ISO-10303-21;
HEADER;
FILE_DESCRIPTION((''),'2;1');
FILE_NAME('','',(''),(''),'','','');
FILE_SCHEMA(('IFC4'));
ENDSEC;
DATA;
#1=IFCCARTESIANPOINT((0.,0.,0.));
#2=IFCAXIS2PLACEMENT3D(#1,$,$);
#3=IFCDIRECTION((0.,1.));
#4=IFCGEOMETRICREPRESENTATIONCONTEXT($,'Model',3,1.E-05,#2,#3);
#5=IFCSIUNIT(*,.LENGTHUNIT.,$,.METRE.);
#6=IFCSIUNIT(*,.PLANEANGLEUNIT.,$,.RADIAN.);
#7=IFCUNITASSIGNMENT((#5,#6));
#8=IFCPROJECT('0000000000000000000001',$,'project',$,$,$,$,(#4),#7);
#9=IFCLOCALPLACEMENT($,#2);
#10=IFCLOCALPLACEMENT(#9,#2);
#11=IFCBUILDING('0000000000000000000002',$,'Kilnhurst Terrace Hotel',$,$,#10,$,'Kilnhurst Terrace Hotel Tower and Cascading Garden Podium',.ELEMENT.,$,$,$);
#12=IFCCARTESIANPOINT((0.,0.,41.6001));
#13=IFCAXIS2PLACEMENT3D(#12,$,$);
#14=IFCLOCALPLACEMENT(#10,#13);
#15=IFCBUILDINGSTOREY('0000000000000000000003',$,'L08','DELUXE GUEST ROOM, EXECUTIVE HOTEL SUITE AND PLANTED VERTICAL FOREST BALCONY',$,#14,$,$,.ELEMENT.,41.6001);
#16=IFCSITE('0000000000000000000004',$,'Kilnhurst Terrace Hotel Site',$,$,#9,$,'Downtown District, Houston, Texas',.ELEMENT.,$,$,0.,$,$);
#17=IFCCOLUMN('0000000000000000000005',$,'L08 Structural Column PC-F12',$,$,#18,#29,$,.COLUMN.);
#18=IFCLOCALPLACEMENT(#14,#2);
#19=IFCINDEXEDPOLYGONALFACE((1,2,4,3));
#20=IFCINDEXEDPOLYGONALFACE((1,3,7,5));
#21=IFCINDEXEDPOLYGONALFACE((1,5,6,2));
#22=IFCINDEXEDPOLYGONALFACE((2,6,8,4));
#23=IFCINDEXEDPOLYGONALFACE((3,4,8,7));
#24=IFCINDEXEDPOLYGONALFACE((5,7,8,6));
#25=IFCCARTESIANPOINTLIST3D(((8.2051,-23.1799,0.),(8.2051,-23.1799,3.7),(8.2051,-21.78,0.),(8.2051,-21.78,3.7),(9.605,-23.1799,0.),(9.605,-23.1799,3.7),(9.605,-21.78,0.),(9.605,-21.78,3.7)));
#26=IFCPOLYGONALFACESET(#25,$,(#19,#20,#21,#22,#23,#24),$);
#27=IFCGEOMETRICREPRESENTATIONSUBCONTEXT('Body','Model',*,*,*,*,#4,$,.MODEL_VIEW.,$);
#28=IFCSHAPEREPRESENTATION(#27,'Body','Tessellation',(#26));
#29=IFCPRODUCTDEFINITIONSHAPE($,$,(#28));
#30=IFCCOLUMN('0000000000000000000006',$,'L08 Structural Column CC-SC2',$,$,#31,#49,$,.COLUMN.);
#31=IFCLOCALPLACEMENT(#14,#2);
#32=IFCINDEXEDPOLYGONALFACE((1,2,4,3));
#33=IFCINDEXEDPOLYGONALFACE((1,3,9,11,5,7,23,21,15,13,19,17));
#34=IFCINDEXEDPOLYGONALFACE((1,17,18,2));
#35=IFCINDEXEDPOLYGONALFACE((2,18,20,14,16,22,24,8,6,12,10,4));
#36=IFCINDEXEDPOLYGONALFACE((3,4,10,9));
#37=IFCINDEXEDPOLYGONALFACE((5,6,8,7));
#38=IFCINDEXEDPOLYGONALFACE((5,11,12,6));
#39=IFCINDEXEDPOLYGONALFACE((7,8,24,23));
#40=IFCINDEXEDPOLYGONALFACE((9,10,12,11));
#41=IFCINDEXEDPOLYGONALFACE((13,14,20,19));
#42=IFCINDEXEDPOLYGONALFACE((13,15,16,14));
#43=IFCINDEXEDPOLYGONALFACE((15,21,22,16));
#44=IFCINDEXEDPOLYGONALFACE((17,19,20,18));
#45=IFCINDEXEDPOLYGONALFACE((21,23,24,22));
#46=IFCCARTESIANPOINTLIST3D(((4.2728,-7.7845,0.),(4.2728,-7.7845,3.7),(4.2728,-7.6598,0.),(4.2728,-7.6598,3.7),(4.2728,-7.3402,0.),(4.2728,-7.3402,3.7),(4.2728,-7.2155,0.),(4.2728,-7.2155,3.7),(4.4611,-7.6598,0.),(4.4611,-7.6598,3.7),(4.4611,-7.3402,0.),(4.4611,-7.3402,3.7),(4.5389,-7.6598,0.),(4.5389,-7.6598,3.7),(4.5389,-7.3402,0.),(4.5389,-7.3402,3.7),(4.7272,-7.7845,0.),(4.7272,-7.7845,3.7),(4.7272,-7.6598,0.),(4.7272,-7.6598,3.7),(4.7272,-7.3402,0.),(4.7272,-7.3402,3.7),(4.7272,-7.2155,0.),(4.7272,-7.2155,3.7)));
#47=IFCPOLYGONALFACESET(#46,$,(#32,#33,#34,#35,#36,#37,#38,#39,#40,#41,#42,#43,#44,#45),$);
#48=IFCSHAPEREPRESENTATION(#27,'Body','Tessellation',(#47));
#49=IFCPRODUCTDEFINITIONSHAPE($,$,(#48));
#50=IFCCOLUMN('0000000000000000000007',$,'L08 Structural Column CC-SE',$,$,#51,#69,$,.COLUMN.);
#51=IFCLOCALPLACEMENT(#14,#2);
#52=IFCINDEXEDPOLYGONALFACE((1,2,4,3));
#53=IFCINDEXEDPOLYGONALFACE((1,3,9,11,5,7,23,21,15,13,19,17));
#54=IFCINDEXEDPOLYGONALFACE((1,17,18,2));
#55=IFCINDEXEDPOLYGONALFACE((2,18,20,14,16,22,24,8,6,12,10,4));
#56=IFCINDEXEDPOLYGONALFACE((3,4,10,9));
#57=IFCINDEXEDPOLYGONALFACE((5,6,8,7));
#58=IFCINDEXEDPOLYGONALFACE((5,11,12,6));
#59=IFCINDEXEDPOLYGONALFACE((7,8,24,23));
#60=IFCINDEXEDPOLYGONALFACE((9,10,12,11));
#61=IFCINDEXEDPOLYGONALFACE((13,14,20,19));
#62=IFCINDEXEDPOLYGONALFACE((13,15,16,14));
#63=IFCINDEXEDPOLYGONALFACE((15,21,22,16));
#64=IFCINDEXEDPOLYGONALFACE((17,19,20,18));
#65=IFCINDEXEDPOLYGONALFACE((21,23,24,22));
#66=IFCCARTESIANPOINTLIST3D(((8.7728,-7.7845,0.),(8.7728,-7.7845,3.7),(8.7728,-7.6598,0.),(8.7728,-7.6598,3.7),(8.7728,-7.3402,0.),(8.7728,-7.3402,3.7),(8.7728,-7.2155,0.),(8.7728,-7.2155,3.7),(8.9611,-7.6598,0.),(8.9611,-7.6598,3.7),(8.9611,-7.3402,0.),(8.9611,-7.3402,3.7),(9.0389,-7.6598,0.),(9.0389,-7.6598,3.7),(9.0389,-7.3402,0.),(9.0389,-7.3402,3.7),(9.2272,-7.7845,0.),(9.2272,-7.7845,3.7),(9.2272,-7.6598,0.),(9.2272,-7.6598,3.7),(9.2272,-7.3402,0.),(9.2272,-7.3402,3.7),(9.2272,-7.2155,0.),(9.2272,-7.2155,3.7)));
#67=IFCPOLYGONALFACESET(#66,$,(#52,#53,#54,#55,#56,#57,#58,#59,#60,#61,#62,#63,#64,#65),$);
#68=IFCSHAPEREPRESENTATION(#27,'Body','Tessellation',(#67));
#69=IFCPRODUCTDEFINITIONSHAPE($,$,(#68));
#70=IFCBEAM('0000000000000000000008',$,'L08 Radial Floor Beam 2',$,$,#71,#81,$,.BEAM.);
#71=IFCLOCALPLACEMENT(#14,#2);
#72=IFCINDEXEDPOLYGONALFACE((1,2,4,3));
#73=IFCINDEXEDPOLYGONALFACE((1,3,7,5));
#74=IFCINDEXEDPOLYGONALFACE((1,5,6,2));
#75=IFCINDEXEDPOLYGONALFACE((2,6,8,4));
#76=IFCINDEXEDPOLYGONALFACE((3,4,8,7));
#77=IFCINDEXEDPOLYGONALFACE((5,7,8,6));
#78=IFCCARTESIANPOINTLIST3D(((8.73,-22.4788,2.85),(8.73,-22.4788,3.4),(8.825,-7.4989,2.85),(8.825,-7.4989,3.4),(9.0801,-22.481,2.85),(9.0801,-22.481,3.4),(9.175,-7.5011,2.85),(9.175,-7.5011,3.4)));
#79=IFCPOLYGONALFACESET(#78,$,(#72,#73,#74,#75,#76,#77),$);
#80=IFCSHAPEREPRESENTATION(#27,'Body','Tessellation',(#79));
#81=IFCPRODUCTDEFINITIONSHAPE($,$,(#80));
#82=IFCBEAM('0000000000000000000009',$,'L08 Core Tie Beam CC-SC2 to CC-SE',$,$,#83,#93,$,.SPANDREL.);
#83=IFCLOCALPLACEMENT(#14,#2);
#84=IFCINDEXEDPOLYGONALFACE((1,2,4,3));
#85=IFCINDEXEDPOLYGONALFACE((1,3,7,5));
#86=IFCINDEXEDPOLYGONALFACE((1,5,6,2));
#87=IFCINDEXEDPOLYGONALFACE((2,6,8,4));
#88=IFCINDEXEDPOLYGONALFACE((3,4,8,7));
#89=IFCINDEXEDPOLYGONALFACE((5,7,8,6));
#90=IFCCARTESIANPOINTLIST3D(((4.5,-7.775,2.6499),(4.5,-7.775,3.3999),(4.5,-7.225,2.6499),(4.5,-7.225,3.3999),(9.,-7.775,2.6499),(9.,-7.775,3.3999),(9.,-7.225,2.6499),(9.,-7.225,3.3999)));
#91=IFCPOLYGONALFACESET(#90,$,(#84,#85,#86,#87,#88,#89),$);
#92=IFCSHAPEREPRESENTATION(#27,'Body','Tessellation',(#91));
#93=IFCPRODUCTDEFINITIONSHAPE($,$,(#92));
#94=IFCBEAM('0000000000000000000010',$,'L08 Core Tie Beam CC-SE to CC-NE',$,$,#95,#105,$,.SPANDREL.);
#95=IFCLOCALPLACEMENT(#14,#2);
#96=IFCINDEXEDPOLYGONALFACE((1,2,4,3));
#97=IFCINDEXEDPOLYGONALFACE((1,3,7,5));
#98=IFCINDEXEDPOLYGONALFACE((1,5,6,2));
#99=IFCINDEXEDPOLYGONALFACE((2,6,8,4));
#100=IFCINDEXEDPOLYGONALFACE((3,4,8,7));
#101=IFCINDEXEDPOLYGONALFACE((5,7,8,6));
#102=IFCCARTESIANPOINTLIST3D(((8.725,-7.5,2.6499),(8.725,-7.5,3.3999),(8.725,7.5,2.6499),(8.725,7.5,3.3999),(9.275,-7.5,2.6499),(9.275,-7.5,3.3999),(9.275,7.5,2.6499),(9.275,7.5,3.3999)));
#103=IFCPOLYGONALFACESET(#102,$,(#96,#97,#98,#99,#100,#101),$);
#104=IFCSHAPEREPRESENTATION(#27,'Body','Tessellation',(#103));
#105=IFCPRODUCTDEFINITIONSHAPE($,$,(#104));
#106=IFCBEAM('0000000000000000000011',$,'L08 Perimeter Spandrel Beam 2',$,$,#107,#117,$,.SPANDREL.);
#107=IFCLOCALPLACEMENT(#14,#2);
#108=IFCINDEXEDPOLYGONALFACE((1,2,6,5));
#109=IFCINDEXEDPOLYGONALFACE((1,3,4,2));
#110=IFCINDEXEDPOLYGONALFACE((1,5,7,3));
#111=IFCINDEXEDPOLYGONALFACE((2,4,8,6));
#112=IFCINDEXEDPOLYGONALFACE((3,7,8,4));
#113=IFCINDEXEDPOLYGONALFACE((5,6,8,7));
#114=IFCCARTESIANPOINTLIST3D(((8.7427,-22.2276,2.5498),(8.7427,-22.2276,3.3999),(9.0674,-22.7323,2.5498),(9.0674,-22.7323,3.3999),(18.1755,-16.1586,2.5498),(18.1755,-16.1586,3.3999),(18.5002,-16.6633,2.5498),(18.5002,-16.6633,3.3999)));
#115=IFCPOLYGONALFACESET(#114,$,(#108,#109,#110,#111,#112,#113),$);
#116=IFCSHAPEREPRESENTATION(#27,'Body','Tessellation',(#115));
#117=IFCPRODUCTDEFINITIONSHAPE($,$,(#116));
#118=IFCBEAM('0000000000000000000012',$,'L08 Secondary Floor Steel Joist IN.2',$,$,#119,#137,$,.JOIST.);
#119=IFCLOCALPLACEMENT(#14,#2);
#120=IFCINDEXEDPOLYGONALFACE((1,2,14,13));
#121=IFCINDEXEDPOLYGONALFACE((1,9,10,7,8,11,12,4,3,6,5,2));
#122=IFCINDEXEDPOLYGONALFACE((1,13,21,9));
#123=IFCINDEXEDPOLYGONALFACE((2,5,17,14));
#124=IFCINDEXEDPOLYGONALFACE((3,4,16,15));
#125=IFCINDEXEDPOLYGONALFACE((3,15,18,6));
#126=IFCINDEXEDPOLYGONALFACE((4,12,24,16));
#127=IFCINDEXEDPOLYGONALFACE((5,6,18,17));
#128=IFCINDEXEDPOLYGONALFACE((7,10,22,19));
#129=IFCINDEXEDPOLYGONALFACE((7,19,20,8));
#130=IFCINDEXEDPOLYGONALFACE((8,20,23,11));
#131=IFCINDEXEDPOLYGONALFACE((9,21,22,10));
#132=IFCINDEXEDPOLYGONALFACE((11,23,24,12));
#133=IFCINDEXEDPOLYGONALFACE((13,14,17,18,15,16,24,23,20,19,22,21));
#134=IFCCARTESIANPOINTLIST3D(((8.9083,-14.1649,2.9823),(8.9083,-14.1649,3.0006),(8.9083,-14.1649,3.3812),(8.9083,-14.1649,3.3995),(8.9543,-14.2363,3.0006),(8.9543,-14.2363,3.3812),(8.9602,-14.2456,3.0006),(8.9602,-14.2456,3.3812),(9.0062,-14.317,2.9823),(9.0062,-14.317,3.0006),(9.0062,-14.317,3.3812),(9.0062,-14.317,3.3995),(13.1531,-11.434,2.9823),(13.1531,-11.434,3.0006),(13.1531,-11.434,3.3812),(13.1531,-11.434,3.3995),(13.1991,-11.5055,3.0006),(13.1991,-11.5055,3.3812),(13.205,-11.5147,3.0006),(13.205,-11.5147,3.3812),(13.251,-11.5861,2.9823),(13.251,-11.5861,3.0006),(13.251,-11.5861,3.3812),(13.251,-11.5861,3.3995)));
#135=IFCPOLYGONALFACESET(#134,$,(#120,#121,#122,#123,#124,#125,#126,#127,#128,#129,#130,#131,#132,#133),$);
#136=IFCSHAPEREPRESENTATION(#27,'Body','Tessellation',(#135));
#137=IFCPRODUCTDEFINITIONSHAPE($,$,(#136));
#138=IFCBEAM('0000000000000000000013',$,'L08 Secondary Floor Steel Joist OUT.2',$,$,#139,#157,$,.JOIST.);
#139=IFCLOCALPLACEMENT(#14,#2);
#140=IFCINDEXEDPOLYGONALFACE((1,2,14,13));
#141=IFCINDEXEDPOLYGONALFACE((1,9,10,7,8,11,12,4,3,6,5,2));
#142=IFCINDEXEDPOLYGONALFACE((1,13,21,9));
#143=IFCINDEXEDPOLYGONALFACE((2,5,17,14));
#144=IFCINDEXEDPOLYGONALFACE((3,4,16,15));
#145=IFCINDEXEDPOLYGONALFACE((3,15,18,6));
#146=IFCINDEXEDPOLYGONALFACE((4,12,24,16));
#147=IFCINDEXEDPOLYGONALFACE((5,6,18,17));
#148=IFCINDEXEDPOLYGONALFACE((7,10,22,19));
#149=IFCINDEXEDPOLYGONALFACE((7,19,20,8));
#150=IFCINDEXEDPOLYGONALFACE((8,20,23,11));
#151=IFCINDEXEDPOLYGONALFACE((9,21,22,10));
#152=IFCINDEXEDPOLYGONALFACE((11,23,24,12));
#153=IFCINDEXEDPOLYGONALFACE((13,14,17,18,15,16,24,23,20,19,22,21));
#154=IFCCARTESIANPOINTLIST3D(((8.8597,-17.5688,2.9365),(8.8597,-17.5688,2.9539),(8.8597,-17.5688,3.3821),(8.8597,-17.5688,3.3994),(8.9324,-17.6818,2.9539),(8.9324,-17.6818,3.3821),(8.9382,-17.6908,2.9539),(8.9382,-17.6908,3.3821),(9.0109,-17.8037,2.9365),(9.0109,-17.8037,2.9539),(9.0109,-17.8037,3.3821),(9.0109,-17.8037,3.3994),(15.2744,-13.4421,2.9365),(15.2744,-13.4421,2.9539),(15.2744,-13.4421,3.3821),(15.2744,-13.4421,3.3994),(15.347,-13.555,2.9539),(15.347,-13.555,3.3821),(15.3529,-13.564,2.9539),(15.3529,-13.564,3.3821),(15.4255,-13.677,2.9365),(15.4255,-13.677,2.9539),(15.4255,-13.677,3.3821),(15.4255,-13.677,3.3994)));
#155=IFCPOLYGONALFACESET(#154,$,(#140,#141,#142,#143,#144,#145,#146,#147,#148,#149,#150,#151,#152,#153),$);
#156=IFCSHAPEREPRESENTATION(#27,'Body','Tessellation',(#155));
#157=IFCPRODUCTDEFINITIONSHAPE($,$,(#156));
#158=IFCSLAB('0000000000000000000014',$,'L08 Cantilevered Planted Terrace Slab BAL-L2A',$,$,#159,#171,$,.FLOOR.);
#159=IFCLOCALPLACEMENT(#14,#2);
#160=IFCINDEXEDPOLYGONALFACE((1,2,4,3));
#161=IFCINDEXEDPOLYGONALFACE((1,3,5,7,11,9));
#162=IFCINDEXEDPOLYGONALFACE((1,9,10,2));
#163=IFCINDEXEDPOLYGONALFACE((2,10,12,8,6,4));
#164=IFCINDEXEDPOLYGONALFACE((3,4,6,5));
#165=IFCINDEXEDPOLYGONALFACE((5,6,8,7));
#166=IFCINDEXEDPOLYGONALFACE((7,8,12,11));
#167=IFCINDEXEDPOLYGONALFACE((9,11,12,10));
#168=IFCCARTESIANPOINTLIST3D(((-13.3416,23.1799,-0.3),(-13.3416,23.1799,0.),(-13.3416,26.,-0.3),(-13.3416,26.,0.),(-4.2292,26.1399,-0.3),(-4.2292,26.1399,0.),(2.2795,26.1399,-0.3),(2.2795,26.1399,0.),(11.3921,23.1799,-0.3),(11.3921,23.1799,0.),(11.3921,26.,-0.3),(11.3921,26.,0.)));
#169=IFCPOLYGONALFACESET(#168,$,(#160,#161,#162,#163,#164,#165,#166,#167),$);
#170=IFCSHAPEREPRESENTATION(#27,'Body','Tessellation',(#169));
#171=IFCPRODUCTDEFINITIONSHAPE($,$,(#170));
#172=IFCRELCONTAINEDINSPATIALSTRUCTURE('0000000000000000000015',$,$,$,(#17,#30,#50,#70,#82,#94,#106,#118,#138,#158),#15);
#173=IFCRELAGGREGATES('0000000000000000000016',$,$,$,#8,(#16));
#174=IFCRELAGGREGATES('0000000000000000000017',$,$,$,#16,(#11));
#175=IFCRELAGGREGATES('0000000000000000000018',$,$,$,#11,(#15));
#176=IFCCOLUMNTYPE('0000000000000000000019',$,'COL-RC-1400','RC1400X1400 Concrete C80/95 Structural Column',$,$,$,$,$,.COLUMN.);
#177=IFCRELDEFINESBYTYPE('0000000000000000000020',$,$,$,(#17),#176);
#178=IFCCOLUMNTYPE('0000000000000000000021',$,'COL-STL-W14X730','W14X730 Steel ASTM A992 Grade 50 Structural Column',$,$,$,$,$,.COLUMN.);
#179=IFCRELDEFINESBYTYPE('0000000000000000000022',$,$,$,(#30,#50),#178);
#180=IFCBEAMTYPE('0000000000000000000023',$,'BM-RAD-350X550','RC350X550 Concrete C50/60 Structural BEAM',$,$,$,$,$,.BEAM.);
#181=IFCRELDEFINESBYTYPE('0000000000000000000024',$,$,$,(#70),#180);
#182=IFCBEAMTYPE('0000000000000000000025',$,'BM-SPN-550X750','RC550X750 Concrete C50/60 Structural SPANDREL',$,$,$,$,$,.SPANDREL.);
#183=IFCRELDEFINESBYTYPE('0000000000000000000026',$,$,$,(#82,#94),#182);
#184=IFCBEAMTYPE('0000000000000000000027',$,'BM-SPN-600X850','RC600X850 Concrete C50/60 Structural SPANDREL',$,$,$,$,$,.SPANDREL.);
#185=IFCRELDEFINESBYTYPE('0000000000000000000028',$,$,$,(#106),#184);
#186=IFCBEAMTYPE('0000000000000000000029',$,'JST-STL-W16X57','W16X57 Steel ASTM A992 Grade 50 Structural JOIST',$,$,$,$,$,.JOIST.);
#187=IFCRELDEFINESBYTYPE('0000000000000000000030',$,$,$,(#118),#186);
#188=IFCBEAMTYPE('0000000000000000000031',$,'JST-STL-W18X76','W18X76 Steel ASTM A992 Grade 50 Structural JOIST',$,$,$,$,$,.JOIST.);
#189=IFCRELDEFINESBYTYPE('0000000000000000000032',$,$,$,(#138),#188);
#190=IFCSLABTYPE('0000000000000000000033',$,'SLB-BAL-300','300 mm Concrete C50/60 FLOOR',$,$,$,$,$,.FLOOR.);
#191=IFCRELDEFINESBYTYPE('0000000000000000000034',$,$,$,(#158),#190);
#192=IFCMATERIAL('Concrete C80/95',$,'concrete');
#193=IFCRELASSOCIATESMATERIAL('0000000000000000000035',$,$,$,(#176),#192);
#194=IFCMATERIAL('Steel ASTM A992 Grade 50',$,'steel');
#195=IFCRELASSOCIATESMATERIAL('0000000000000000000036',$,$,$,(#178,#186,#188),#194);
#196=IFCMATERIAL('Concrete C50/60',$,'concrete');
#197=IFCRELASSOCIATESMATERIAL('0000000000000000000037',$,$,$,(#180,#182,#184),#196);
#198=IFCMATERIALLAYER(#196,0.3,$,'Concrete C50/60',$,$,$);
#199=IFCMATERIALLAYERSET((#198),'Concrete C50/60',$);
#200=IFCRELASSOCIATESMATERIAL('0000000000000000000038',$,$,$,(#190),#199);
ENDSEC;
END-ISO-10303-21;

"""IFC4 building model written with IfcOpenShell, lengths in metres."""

from ifc_helpers import new_model, si_unit, direction, frame, origin, origin_2d, place, context, subcontext, project, spatial, polyline, rectangle, i_section, outline, extrude, material, layer, layer_set, material_profile, profile_set, type_object, element, save


model = new_model("IFC4")

# Units and contexts
model_context = context("Model", 3, precision=1e-05, world=origin(), true_north=direction((0.0, 1.0)))
body_context = subcontext(model_context, "Body", "Model", "MODEL_VIEW")
ifc_project = project(units=[si_unit("LENGTHUNIT", "METRE"), si_unit("PLANEANGLEUNIT", "RADIAN")], contexts=[model_context])

# Site, building, storey
site_placement = place(None, origin())
site = spatial("IfcSite", under=ifc_project, at=site_placement, Name="Kilnhurst Terrace Hotel Site", LongName="Downtown District, Houston, Texas", CompositionType="ELEMENT", RefElevation=0.0)
building_placement = place(site_placement, origin())
building = spatial("IfcBuilding", under=site, at=building_placement, Name="Kilnhurst Terrace Hotel", LongName="Kilnhurst Terrace Hotel Tower and Cascading Garden Podium", CompositionType="ELEMENT")
storey_placement = place(building_placement, frame((0.0, 0.0, 41.6001)))
storey = spatial("IfcBuildingStorey", under=building, at=storey_placement, Name="L08", Description="DELUXE GUEST ROOM, EXECUTIVE HOTEL SUITE AND PLANTED VERTICAL FOREST BALCONY", CompositionType="ELEMENT", Elevation=41.6001)

# Columns
ifc_material_1 = material(Name="Concrete C80/95", Category="concrete")
ifc_material_profile_1 = material_profile(ifc_material_1, rectangle(XDim=1.3999, YDim=1.3999, at=origin_2d()), Name="RC1400X1400")
ifc_profile_set_1 = profile_set([ifc_material_profile_1], Name="Concrete C80/95")
column_type_1 = type_object("IfcColumnType", Name="COL-RC-1400", Description="RC1400X1400 Concrete C80/95 Structural Column", PredefinedType="COLUMN", material=ifc_profile_set_1)
column_placement = place(storey_placement, frame((8.905, -22.48, 0.0), z_axis=(0.0, 0.0, 1.0), x_axis=(1.0, 0.0, 0.0)))
element("IfcColumn", 1, at=column_placement, inside=storey, type_object=column_type_1, Name="L08 Structural Column PC-F12", PredefinedType="COLUMN", context=body_context, shape_type="SweptSolid", body=[
    extrude(rectangle(XDim=1.3999, YDim=1.3999, at=origin_2d()), origin(), (0.0, 0.0, 1.0), 3.7),
])
ifc_material_2 = material(Name="Steel ASTM A992 Grade 50", Category="steel")
ifc_material_profile_2 = material_profile(ifc_material_2, i_section(OverallWidth=0.4543, OverallDepth=0.5691, WebThickness=0.0779, FlangeThickness=0.1248, at=origin_2d()), Name="W14X730")
ifc_profile_set_2 = profile_set([ifc_material_profile_2], Name="Steel ASTM A992 Grade 50")
column_type_2 = type_object("IfcColumnType", Name="COL-STL-W14X730", Description="W14X730 Steel ASTM A992 Grade 50 Structural Column", PredefinedType="COLUMN", material=ifc_profile_set_2)
for number, where, z_axis, x_axis, name in (
    (2, (4.5, -7.5, 0.0), (0.0, 0.0, 1.0), (1.0, 0.0, 0.0), "L08 Structural Column CC-SC2"),
    (3, (9.0, -7.5, 0.0), (0.0, 0.0, 1.0), (1.0, 0.0, 0.0), "L08 Structural Column CC-SE"),
):
    element("IfcColumn", number, at=place(storey_placement, frame(where, z_axis=z_axis, x_axis=x_axis)), inside=storey, type_object=column_type_2, Name=name, PredefinedType="COLUMN", context=body_context, shape_type="SweptSolid", body=[
        extrude(i_section(OverallWidth=0.4543, OverallDepth=0.5691, WebThickness=0.0779, FlangeThickness=0.1248, at=origin_2d()), origin(), (0.0, 0.0, 1.0), 3.7),
    ])

# Beams
ifc_material_3 = material(Name="Concrete C50/60", Category="concrete")
ifc_material_profile_3 = material_profile(ifc_material_3, rectangle(XDim=0.3501, YDim=0.55, at=origin_2d()), Name="RC350X550")
ifc_profile_set_3 = profile_set([ifc_material_profile_3], Name="Concrete C50/60")
beam_type_1 = type_object("IfcBeamType", Name="BM-RAD-350X550", Description="RC350X550 Concrete C50/60 Structural BEAM", PredefinedType="BEAM", material=ifc_profile_set_3)
beam_1_placement = place(storey_placement, frame((9.0, -7.5, 3.125), z_axis=(-0.00634, -0.99998, 0.0), x_axis=(0.99998, -0.00634, 0.0)))
element("IfcBeam", 4, at=beam_1_placement, inside=storey, type_object=beam_type_1, Name="L08 Radial Floor Beam 2", PredefinedType="BEAM", context=body_context, shape_type="SweptSolid", body=[
    extrude(rectangle(XDim=0.3501, YDim=0.55, at=origin_2d()), origin(), (0.0, 0.0, 1.0), 14.9802),
])
ifc_material_profile_4 = material_profile(ifc_material_3, rectangle(XDim=0.55, YDim=0.75, at=origin_2d()), Name="RC550X750")
ifc_profile_set_4 = profile_set([ifc_material_profile_4], Name="Concrete C50/60")
beam_type_2 = type_object("IfcBeamType", Name="BM-SPN-550X750", Description="RC550X750 Concrete C50/60 Structural SPANDREL", PredefinedType="SPANDREL", material=ifc_profile_set_4)
beam_2_placement = place(storey_placement, frame((4.5, -7.5, 3.0249), z_axis=(1.0, 0.0, 0.0), x_axis=(0.0, 1.0, 0.0)))
element("IfcBeam", 5, at=beam_2_placement, inside=storey, type_object=beam_type_2, Name="L08 Core Tie Beam CC-SC2 to CC-SE", PredefinedType="SPANDREL", context=body_context, shape_type="SweptSolid", body=[
    extrude(rectangle(XDim=0.55, YDim=0.75, at=origin_2d()), origin(), (0.0, 0.0, 1.0), 4.5),
])
beam_3_placement = place(storey_placement, frame((9.0, -7.5, 3.0249), z_axis=(0.0, 1.0, 0.0), x_axis=(-1.0, 0.0, 0.0)))
element("IfcBeam", 6, at=beam_3_placement, inside=storey, type_object=beam_type_2, Name="L08 Core Tie Beam CC-SE to CC-NE", PredefinedType="SPANDREL", context=body_context, shape_type="SweptSolid", body=[
    extrude(rectangle(XDim=0.55, YDim=0.75, at=origin_2d()), origin(), (0.0, 0.0, 1.0), 15.0),
])
ifc_material_profile_5 = material_profile(ifc_material_3, rectangle(XDim=0.6001, YDim=0.8501, at=origin_2d()), Name="RC600X850")
ifc_profile_set_5 = profile_set([ifc_material_profile_5], Name="Concrete C50/60")
beam_type_3 = type_object("IfcBeamType", Name="BM-SPN-600X850", Description="RC600X850 Concrete C50/60 Structural SPANDREL", PredefinedType="SPANDREL", material=ifc_profile_set_5)
beam_4_placement = place(storey_placement, frame((8.905, -22.48, 2.9749), z_axis=(0.840971, 0.54108, 0.0), x_axis=(-0.54108, 0.840971, 0.0)))
element("IfcBeam", 7, at=beam_4_placement, inside=storey, type_object=beam_type_3, Name="L08 Perimeter Spandrel Beam 2", PredefinedType="SPANDREL", context=body_context, shape_type="SweptSolid", body=[
    extrude(rectangle(XDim=0.6001, YDim=0.8501, at=origin_2d()), origin(), (0.0, 0.0, 1.0), 11.2166),
])
ifc_material_profile_6 = material_profile(ifc_material_2, i_section(OverallWidth=0.1809, OverallDepth=0.4172, WebThickness=0.011, FlangeThickness=0.0183, at=origin_2d()), Name="W16X57")
ifc_profile_set_6 = profile_set([ifc_material_profile_6], Name="Steel ASTM A992 Grade 50")
beam_type_4 = type_object("IfcBeamType", Name="JST-STL-W16X57", Description="W16X57 Steel ASTM A992 Grade 50 Structural JOIST", PredefinedType="JOIST", material=ifc_profile_set_6)
beam_5_placement = place(storey_placement, frame((8.9573, -14.241, 3.1909), z_axis=(0.840988, 0.541053, 0.0), x_axis=(-0.541053, 0.840988, 0.0)))
element("IfcBeam", 8, at=beam_5_placement, inside=storey, type_object=beam_type_4, Name="L08 Secondary Floor Steel Joist IN.2", PredefinedType="JOIST", context=body_context, shape_type="SweptSolid", body=[
    extrude(i_section(OverallWidth=0.1809, OverallDepth=0.4172, WebThickness=0.011, FlangeThickness=0.0183, at=origin_2d()), origin(), (0.0, 0.0, 1.0), 5.0474),
])
ifc_material_profile_7 = material_profile(ifc_material_2, i_section(OverallWidth=0.2793, OverallDepth=0.4629, WebThickness=0.0107, FlangeThickness=0.0173, at=origin_2d()), Name="W18X76")
ifc_profile_set_7 = profile_set([ifc_material_profile_7], Name="Steel ASTM A992 Grade 50")
beam_type_5 = type_object("IfcBeamType", Name="JST-STL-W18X76", Description="W18X76 Steel ASTM A992 Grade 50 Structural JOIST", PredefinedType="JOIST", material=ifc_profile_set_7)
beam_6_placement = place(storey_placement, frame((8.9353, -17.6863, 3.168), z_axis=(0.840995, 0.541042, 0.0), x_axis=(-0.541042, 0.840995, 0.0)))
element("IfcBeam", 9, at=beam_6_placement, inside=storey, type_object=beam_type_5, Name="L08 Secondary Floor Steel Joist OUT.2", PredefinedType="JOIST", context=body_context, shape_type="SweptSolid", body=[
    extrude(i_section(OverallWidth=0.2793, OverallDepth=0.4629, WebThickness=0.0107, FlangeThickness=0.0173, at=origin_2d()), origin(), (0.0, 0.0, 1.0), 7.6274),
])

# Slab
ifc_layer_1 = layer(ifc_material_3, 0.3, Name="Concrete C50/60")
ifc_layer_set_1 = layer_set([ifc_layer_1], Name="Concrete C50/60")
slab_type = type_object("IfcSlabType", Name="SLB-BAL-300", Description="300 mm Concrete C50/60 FLOOR", PredefinedType="FLOOR", material=ifc_layer_set_1)
slab_1_placement = place(storey_placement, frame((0.0, 0.0, -0.3)))
element("IfcSlab", 10, at=slab_1_placement, inside=storey, type_object=slab_type, Name="L08 Cantilevered Planted Terrace Slab BAL-L2A", PredefinedType="FLOOR", context=body_context, shape_type="SweptSolid", body=[
    extrude(outline(polyline([(2.2795, 26.1399), (11.3921, 26.0), (11.3921, 23.1799), (-13.3416, 23.1799), (-13.3416, 26.0), (-4.2292, 26.1399), (2.2795, 26.1399)])), origin(), (0.0, 0.0, 1.0), 0.3),
])

save(model, "model.ifc")
